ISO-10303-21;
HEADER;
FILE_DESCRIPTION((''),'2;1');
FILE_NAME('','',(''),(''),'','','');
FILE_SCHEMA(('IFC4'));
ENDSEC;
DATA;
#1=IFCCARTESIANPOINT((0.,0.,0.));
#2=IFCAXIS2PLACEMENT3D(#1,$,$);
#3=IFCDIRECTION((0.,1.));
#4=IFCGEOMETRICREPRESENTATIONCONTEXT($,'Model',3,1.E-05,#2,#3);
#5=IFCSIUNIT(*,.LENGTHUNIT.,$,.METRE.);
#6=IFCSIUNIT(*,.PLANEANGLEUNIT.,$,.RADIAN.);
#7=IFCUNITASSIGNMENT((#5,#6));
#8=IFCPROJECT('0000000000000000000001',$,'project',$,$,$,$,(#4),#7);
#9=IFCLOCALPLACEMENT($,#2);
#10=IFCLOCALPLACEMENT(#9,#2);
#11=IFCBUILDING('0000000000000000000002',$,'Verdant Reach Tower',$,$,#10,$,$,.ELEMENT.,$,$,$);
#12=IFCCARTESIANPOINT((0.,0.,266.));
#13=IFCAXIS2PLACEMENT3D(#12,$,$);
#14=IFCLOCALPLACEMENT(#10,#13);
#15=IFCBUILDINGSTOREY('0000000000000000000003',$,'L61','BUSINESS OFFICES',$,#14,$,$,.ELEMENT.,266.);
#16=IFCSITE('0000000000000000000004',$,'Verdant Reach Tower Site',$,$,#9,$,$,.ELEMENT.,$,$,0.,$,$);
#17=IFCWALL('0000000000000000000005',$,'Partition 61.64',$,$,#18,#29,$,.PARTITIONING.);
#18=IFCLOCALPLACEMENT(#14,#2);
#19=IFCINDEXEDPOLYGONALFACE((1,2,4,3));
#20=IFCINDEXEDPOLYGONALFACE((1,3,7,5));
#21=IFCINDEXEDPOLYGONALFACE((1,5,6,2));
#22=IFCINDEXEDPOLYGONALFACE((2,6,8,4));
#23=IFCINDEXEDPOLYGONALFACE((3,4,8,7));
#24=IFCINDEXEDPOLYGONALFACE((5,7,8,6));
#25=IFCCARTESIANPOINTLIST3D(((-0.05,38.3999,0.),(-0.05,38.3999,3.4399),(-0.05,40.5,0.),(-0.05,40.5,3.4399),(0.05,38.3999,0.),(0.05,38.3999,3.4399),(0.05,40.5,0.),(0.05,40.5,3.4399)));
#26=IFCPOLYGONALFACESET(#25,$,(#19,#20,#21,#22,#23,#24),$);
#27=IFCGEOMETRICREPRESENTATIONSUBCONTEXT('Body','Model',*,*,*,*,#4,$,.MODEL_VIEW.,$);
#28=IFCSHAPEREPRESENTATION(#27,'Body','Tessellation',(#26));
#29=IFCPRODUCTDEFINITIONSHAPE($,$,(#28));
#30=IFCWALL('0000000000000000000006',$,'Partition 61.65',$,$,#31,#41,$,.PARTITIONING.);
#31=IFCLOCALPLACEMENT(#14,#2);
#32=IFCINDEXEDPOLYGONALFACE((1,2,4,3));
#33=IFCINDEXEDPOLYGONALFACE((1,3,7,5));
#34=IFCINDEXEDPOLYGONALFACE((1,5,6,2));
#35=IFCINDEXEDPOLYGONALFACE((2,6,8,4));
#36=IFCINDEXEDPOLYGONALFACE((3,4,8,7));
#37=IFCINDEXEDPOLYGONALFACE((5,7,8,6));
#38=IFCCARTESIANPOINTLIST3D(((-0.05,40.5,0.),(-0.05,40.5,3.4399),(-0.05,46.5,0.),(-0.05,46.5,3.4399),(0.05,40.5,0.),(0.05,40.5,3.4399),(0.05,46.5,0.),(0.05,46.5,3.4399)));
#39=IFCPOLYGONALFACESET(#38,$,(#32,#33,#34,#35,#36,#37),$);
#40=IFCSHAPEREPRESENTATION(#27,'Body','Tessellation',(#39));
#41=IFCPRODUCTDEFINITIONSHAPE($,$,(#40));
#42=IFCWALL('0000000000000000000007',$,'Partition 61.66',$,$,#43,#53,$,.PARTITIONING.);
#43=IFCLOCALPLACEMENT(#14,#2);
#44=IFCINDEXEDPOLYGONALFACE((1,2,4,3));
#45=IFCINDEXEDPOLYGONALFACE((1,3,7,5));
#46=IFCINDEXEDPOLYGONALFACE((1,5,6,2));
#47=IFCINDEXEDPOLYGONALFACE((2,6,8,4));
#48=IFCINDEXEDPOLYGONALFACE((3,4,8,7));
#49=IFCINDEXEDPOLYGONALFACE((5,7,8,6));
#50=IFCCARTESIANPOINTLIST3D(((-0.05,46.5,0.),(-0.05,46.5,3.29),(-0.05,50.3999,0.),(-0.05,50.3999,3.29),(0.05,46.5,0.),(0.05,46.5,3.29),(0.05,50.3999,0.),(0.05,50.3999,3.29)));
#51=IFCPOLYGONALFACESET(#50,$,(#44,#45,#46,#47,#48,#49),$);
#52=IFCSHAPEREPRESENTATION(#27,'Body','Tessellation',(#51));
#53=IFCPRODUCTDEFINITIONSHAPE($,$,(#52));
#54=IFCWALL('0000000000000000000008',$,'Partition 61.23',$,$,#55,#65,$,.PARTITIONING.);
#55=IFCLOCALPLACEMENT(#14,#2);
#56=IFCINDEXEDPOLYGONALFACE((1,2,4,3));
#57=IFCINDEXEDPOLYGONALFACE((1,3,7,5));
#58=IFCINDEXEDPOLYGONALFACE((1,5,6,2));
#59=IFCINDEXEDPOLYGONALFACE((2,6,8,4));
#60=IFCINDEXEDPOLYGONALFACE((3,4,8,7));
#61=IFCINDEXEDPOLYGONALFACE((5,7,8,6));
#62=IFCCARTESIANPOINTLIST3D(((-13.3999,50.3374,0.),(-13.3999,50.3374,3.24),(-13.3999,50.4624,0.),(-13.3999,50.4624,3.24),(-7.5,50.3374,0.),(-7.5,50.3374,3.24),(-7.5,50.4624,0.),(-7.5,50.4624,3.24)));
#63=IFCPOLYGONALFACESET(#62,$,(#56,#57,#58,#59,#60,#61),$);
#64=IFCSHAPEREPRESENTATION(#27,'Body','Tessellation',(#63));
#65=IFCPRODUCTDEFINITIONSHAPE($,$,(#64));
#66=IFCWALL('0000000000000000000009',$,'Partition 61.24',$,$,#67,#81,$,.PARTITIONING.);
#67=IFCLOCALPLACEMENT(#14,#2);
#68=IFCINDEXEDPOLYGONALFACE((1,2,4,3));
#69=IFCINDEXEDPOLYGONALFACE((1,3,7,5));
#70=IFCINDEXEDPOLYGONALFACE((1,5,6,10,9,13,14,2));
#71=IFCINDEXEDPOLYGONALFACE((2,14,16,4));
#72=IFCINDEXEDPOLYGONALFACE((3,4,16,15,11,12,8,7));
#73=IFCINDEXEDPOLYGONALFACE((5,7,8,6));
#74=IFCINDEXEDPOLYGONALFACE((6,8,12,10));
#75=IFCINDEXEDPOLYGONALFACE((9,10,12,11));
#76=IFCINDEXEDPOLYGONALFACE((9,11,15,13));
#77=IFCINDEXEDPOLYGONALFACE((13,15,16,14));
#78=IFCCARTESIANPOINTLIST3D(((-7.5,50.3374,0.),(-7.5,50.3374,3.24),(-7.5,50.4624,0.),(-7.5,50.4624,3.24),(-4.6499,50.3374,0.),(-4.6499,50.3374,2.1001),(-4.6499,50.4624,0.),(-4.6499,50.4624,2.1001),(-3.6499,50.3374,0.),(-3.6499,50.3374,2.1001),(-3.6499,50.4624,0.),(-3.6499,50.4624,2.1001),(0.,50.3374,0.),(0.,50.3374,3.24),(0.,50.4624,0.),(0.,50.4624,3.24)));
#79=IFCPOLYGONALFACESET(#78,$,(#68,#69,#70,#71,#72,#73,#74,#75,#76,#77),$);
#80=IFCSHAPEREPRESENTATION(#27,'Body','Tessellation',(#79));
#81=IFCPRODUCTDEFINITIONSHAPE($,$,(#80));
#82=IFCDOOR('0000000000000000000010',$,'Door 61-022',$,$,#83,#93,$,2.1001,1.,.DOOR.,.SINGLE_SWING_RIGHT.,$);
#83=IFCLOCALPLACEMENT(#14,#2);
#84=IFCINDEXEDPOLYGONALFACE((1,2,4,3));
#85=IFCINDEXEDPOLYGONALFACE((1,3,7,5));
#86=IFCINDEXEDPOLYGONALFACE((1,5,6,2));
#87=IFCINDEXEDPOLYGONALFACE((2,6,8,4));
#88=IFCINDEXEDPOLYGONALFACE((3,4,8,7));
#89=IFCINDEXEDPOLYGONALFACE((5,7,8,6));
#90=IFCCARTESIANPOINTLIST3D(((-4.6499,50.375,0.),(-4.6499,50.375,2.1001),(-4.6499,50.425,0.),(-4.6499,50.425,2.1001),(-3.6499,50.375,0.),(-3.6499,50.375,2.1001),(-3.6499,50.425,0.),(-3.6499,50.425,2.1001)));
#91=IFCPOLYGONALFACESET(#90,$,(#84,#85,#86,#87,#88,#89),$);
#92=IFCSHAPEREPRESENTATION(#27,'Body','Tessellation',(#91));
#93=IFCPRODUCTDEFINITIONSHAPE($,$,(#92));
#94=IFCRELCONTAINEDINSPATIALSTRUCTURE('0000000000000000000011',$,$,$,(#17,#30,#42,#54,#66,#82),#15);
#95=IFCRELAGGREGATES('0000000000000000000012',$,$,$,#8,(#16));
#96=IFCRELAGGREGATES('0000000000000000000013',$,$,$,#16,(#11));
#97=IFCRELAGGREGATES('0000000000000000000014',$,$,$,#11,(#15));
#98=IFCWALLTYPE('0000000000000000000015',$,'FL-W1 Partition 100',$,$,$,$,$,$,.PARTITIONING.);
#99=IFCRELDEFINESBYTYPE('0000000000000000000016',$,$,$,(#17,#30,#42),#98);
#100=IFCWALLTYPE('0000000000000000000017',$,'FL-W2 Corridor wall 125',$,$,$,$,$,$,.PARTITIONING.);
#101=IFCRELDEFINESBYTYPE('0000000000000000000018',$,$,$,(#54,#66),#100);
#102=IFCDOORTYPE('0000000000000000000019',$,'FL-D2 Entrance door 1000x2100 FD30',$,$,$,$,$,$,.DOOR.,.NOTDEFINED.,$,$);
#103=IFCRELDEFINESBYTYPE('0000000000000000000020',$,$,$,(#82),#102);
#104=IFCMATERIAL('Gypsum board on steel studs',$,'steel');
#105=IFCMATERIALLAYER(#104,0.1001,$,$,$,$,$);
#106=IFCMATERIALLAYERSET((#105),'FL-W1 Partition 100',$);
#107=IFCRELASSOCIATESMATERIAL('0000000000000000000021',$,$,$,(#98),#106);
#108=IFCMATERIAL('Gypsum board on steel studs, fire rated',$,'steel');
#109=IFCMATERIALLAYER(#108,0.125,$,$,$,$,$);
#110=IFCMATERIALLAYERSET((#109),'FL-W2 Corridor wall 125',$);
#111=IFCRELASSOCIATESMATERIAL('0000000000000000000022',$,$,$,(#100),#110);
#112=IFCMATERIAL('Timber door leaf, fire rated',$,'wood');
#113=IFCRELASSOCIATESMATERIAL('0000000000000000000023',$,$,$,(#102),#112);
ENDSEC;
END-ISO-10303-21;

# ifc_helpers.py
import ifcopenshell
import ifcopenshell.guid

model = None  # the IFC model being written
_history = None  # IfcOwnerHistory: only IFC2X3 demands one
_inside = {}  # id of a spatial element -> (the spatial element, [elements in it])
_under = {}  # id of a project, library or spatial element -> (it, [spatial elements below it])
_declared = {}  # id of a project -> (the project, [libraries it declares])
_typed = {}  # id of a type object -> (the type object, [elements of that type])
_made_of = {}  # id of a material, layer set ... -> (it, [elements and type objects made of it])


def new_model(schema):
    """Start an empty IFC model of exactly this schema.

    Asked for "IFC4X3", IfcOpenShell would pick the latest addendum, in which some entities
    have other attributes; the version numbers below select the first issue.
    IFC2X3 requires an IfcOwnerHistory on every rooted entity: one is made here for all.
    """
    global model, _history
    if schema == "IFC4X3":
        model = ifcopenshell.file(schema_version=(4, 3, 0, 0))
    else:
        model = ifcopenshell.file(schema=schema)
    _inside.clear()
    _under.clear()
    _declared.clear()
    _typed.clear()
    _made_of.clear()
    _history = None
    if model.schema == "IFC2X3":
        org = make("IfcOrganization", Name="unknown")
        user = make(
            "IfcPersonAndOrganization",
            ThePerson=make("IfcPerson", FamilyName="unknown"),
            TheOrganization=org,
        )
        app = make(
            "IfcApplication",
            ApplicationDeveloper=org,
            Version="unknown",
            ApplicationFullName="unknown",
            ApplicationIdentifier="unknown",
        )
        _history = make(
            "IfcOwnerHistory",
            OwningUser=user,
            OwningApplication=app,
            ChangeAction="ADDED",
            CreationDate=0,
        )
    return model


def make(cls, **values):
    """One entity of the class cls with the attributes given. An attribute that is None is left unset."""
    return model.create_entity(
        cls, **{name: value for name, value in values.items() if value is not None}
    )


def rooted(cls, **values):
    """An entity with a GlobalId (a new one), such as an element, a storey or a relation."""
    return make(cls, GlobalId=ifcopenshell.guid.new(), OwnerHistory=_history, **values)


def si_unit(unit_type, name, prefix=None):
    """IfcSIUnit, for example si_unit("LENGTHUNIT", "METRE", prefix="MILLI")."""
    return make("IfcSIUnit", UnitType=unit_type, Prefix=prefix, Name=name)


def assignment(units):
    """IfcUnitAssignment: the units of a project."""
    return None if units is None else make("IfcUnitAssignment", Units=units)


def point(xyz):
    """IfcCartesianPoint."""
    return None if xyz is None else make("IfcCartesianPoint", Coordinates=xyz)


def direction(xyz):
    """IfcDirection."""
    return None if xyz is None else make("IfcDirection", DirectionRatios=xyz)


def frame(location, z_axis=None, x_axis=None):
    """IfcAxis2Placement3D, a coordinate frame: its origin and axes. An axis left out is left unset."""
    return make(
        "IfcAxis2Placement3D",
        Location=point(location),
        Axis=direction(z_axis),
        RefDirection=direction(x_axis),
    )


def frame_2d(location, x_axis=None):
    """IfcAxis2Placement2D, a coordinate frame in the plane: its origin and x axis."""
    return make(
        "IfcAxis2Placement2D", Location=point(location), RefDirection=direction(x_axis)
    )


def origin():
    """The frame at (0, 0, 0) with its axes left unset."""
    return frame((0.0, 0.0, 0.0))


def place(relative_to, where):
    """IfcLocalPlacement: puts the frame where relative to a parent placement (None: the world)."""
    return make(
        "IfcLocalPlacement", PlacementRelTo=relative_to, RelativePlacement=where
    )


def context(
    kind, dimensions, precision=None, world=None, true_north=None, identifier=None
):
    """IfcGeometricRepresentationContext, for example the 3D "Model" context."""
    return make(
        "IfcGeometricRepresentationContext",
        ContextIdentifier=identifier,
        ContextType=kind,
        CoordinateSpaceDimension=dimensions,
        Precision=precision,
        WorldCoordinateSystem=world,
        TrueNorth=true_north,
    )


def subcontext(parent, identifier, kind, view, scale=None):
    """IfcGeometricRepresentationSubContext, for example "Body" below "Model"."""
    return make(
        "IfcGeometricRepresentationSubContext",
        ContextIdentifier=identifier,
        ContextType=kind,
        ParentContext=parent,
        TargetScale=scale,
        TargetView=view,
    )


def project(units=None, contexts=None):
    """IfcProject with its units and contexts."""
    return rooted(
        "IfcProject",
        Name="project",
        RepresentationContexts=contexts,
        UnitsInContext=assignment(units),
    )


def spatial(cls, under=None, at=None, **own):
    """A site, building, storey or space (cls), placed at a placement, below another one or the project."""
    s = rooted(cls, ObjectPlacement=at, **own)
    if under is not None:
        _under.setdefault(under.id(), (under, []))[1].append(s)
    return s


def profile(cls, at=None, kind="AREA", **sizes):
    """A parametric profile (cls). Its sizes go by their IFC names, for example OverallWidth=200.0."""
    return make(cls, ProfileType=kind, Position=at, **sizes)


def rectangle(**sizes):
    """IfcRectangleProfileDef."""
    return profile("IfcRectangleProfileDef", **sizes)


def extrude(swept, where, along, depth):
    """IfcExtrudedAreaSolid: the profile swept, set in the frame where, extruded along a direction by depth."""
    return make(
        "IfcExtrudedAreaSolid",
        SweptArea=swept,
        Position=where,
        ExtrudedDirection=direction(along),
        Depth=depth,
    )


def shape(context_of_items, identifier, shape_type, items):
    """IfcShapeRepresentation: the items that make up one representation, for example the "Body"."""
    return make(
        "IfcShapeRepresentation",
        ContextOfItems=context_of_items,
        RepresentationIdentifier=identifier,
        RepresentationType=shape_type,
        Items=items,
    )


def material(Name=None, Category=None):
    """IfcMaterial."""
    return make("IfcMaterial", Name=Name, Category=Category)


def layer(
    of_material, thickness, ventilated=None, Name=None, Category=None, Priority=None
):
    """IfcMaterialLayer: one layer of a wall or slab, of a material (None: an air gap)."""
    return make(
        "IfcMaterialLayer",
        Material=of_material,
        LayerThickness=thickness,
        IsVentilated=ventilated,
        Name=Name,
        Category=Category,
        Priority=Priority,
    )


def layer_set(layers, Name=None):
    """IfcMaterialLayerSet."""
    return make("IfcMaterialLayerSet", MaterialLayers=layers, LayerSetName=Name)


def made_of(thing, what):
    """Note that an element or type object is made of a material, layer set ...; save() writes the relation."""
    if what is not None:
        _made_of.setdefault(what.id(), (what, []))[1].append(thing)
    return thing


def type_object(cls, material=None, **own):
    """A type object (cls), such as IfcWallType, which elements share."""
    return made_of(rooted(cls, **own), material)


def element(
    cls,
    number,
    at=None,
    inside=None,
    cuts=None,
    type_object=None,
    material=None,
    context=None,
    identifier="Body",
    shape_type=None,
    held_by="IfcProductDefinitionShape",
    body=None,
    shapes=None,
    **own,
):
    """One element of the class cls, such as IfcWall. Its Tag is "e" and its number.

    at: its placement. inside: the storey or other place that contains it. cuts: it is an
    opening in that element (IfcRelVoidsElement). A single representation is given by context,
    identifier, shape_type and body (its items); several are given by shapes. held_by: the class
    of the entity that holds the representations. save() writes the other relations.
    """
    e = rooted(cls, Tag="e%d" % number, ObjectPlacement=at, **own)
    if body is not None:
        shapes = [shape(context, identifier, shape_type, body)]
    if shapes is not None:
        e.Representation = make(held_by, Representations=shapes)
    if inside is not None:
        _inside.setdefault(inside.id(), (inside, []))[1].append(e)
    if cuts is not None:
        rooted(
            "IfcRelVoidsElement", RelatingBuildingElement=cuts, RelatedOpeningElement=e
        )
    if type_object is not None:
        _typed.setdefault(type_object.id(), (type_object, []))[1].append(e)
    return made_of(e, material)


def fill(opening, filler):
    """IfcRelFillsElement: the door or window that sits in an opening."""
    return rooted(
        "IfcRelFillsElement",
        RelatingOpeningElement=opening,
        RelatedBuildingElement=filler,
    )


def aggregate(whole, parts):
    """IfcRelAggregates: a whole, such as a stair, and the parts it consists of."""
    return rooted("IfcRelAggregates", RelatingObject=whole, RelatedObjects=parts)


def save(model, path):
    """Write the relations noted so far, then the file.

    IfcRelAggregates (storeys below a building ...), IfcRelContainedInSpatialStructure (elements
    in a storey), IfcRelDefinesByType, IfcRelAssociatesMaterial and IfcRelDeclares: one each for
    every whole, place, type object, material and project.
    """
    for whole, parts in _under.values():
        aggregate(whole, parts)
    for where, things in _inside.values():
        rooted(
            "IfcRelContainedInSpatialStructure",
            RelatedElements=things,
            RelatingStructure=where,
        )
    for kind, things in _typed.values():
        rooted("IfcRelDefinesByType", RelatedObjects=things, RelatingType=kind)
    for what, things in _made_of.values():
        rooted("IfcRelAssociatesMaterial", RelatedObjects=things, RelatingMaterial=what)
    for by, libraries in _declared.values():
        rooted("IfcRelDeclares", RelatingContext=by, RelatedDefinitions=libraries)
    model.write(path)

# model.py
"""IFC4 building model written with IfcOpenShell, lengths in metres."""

from ifc_helpers import new_model, si_unit, direction, frame, frame_2d, origin, place, context, subcontext, project, spatial, rectangle, extrude, material, layer, layer_set, type_object, element, fill, save


model = new_model("IFC4")

# Units and contexts
model_context = context("Model", 3, precision=1e-05, world=origin(), true_north=direction((0.0, 1.0)))
body_context = subcontext(model_context, "Body", "Model", "MODEL_VIEW")
ifc_project = project(units=[si_unit("LENGTHUNIT", "METRE"), si_unit("PLANEANGLEUNIT", "RADIAN")], contexts=[model_context])

# Site, building, storey
site_placement = place(None, origin())
site = spatial("IfcSite", under=ifc_project, at=site_placement, Name="Verdant Reach Tower Site", CompositionType="ELEMENT", RefElevation=0.0)
building_placement = place(site_placement, origin())
building = spatial("IfcBuilding", under=site, at=building_placement, Name="Verdant Reach Tower", CompositionType="ELEMENT")
storey_placement = place(building_placement, frame((0.0, 0.0, 266.0)))
storey = spatial("IfcBuildingStorey", under=building, at=storey_placement, Name="L61", Description="BUSINESS OFFICES", CompositionType="ELEMENT", Elevation=266.0)

# Walls
ifc_material_1 = material(Name="Gypsum board on steel studs", Category="steel")
ifc_layer_1 = layer(ifc_material_1, 0.1001)
ifc_layer_set_1 = layer_set([ifc_layer_1], Name="FL-W1 Partition 100")
wall_type_1 = type_object("IfcWallType", Name="FL-W1 Partition 100", PredefinedType="PARTITIONING", material=ifc_layer_set_1)
wall_1_placement = place(storey_placement, frame((0.0, 38.3999, 0.0), z_axis=(0.0, 0.0, 1.0), x_axis=(0.0, 1.0, 0.0)))
element("IfcWall", 1, at=wall_1_placement, inside=storey, type_object=wall_type_1, Name="Partition 61.64", PredefinedType="PARTITIONING", context=body_context, shape_type="SweptSolid", body=[
    extrude(rectangle(XDim=2.1001, YDim=0.1001, at=frame_2d((1.05, 0.0))), origin(), (0.0, 0.0, 1.0), 3.4399),
])
wall_2_placement = place(storey_placement, frame((0.0, 40.5, 0.0), z_axis=(0.0, 0.0, 1.0), x_axis=(0.0, 1.0, 0.0)))
element("IfcWall", 2, at=wall_2_placement, inside=storey, type_object=wall_type_1, Name="Partition 61.65", PredefinedType="PARTITIONING", context=body_context, shape_type="SweptSolid", body=[
    extrude(rectangle(XDim=6.0, YDim=0.1001, at=frame_2d((3.0, 0.0))), origin(), (0.0, 0.0, 1.0), 3.4399),
])
wall_3_placement = place(storey_placement, frame((0.0, 46.5, 0.0), z_axis=(0.0, 0.0, 1.0), x_axis=(0.0, 1.0, 0.0)))
element("IfcWall", 3, at=wall_3_placement, inside=storey, type_object=wall_type_1, Name="Partition 61.66", PredefinedType="PARTITIONING", context=body_context, shape_type="SweptSolid", body=[
    extrude(rectangle(XDim=3.8999, YDim=0.1001, at=frame_2d((1.95, 0.0))), origin(), (0.0, 0.0, 1.0), 3.29),
])
ifc_material_2 = material(Name="Gypsum board on steel studs, fire rated", Category="steel")
ifc_layer_2 = layer(ifc_material_2, 0.125)
ifc_layer_set_2 = layer_set([ifc_layer_2], Name="FL-W2 Corridor wall 125")
wall_type_2 = type_object("IfcWallType", Name="FL-W2 Corridor wall 125", PredefinedType="PARTITIONING", material=ifc_layer_set_2)
wall_4_placement = place(storey_placement, frame((-7.5, 50.3999, 0.0), z_axis=(0.0, 0.0, 1.0), x_axis=(-1.0, 0.0, 0.0)))
element("IfcWall", 4, at=wall_4_placement, inside=storey, type_object=wall_type_2, Name="Partition 61.23", PredefinedType="PARTITIONING", context=body_context, shape_type="SweptSolid", body=[
    extrude(rectangle(XDim=5.8999, YDim=0.125, at=frame_2d((2.95, 0.0))), origin(), (0.0, 0.0, 1.0), 3.24),
])

# Wall, opening, door
wall_5_placement = place(storey_placement, frame((0.0, 50.3999, 0.0), z_axis=(0.0, 0.0, 1.0), x_axis=(-1.0, 0.0, 0.0)))
wall_5 = element("IfcWall", 5, at=wall_5_placement, inside=storey, type_object=wall_type_2, Name="Partition 61.24", PredefinedType="PARTITIONING", context=body_context, shape_type="SweptSolid", body=[
    extrude(rectangle(XDim=7.5, YDim=0.125, at=frame_2d((3.75, 0.0))), origin(), (0.0, 0.0, 1.0), 3.24),
])
opening_placement = place(wall_5_placement, frame((3.6499, 0.0, 0.0)))
opening = element("IfcOpeningElement", 6, at=opening_placement, cuts=wall_5, PredefinedType="OPENING", context=body_context, shape_type="SweptSolid", body=[
    extrude(rectangle(XDim=1.0, YDim=2.1001, at=frame_2d((0.5, 1.05))), frame((0.0, 0.0725, 0.0), z_axis=(0.0, -1.0, 0.0), x_axis=(1.0, 0.0, 0.0)), (0.0, 0.0, 1.0), 0.145),
])
ifc_material_3 = material(Name="Timber door leaf, fire rated", Category="wood")
door_type = type_object("IfcDoorType", Name="FL-D2 Entrance door 1000x2100 FD30", OperationType="NOTDEFINED", PredefinedType="DOOR", material=ifc_material_3)
door_placement = place(opening_placement, origin())
door = element("IfcDoor", 7, at=door_placement, inside=storey, type_object=door_type, Name="Door 61-022", OperationType="SINGLE_SWING_RIGHT", OverallHeight=2.1001, OverallWidth=1.0, PredefinedType="DOOR", context=body_context, shape_type="SweptSolid", body=[
    extrude(rectangle(XDim=1.0, YDim=2.1001, at=frame_2d((0.5, 1.05))), frame((0.0, 0.0249, 0.0), z_axis=(0.0, -1.0, 0.0), x_axis=(1.0, 0.0, 0.0)), (0.0, 0.0, 1.0), 0.05),
])
fill(opening, door)

save(model, "model.ifc")
